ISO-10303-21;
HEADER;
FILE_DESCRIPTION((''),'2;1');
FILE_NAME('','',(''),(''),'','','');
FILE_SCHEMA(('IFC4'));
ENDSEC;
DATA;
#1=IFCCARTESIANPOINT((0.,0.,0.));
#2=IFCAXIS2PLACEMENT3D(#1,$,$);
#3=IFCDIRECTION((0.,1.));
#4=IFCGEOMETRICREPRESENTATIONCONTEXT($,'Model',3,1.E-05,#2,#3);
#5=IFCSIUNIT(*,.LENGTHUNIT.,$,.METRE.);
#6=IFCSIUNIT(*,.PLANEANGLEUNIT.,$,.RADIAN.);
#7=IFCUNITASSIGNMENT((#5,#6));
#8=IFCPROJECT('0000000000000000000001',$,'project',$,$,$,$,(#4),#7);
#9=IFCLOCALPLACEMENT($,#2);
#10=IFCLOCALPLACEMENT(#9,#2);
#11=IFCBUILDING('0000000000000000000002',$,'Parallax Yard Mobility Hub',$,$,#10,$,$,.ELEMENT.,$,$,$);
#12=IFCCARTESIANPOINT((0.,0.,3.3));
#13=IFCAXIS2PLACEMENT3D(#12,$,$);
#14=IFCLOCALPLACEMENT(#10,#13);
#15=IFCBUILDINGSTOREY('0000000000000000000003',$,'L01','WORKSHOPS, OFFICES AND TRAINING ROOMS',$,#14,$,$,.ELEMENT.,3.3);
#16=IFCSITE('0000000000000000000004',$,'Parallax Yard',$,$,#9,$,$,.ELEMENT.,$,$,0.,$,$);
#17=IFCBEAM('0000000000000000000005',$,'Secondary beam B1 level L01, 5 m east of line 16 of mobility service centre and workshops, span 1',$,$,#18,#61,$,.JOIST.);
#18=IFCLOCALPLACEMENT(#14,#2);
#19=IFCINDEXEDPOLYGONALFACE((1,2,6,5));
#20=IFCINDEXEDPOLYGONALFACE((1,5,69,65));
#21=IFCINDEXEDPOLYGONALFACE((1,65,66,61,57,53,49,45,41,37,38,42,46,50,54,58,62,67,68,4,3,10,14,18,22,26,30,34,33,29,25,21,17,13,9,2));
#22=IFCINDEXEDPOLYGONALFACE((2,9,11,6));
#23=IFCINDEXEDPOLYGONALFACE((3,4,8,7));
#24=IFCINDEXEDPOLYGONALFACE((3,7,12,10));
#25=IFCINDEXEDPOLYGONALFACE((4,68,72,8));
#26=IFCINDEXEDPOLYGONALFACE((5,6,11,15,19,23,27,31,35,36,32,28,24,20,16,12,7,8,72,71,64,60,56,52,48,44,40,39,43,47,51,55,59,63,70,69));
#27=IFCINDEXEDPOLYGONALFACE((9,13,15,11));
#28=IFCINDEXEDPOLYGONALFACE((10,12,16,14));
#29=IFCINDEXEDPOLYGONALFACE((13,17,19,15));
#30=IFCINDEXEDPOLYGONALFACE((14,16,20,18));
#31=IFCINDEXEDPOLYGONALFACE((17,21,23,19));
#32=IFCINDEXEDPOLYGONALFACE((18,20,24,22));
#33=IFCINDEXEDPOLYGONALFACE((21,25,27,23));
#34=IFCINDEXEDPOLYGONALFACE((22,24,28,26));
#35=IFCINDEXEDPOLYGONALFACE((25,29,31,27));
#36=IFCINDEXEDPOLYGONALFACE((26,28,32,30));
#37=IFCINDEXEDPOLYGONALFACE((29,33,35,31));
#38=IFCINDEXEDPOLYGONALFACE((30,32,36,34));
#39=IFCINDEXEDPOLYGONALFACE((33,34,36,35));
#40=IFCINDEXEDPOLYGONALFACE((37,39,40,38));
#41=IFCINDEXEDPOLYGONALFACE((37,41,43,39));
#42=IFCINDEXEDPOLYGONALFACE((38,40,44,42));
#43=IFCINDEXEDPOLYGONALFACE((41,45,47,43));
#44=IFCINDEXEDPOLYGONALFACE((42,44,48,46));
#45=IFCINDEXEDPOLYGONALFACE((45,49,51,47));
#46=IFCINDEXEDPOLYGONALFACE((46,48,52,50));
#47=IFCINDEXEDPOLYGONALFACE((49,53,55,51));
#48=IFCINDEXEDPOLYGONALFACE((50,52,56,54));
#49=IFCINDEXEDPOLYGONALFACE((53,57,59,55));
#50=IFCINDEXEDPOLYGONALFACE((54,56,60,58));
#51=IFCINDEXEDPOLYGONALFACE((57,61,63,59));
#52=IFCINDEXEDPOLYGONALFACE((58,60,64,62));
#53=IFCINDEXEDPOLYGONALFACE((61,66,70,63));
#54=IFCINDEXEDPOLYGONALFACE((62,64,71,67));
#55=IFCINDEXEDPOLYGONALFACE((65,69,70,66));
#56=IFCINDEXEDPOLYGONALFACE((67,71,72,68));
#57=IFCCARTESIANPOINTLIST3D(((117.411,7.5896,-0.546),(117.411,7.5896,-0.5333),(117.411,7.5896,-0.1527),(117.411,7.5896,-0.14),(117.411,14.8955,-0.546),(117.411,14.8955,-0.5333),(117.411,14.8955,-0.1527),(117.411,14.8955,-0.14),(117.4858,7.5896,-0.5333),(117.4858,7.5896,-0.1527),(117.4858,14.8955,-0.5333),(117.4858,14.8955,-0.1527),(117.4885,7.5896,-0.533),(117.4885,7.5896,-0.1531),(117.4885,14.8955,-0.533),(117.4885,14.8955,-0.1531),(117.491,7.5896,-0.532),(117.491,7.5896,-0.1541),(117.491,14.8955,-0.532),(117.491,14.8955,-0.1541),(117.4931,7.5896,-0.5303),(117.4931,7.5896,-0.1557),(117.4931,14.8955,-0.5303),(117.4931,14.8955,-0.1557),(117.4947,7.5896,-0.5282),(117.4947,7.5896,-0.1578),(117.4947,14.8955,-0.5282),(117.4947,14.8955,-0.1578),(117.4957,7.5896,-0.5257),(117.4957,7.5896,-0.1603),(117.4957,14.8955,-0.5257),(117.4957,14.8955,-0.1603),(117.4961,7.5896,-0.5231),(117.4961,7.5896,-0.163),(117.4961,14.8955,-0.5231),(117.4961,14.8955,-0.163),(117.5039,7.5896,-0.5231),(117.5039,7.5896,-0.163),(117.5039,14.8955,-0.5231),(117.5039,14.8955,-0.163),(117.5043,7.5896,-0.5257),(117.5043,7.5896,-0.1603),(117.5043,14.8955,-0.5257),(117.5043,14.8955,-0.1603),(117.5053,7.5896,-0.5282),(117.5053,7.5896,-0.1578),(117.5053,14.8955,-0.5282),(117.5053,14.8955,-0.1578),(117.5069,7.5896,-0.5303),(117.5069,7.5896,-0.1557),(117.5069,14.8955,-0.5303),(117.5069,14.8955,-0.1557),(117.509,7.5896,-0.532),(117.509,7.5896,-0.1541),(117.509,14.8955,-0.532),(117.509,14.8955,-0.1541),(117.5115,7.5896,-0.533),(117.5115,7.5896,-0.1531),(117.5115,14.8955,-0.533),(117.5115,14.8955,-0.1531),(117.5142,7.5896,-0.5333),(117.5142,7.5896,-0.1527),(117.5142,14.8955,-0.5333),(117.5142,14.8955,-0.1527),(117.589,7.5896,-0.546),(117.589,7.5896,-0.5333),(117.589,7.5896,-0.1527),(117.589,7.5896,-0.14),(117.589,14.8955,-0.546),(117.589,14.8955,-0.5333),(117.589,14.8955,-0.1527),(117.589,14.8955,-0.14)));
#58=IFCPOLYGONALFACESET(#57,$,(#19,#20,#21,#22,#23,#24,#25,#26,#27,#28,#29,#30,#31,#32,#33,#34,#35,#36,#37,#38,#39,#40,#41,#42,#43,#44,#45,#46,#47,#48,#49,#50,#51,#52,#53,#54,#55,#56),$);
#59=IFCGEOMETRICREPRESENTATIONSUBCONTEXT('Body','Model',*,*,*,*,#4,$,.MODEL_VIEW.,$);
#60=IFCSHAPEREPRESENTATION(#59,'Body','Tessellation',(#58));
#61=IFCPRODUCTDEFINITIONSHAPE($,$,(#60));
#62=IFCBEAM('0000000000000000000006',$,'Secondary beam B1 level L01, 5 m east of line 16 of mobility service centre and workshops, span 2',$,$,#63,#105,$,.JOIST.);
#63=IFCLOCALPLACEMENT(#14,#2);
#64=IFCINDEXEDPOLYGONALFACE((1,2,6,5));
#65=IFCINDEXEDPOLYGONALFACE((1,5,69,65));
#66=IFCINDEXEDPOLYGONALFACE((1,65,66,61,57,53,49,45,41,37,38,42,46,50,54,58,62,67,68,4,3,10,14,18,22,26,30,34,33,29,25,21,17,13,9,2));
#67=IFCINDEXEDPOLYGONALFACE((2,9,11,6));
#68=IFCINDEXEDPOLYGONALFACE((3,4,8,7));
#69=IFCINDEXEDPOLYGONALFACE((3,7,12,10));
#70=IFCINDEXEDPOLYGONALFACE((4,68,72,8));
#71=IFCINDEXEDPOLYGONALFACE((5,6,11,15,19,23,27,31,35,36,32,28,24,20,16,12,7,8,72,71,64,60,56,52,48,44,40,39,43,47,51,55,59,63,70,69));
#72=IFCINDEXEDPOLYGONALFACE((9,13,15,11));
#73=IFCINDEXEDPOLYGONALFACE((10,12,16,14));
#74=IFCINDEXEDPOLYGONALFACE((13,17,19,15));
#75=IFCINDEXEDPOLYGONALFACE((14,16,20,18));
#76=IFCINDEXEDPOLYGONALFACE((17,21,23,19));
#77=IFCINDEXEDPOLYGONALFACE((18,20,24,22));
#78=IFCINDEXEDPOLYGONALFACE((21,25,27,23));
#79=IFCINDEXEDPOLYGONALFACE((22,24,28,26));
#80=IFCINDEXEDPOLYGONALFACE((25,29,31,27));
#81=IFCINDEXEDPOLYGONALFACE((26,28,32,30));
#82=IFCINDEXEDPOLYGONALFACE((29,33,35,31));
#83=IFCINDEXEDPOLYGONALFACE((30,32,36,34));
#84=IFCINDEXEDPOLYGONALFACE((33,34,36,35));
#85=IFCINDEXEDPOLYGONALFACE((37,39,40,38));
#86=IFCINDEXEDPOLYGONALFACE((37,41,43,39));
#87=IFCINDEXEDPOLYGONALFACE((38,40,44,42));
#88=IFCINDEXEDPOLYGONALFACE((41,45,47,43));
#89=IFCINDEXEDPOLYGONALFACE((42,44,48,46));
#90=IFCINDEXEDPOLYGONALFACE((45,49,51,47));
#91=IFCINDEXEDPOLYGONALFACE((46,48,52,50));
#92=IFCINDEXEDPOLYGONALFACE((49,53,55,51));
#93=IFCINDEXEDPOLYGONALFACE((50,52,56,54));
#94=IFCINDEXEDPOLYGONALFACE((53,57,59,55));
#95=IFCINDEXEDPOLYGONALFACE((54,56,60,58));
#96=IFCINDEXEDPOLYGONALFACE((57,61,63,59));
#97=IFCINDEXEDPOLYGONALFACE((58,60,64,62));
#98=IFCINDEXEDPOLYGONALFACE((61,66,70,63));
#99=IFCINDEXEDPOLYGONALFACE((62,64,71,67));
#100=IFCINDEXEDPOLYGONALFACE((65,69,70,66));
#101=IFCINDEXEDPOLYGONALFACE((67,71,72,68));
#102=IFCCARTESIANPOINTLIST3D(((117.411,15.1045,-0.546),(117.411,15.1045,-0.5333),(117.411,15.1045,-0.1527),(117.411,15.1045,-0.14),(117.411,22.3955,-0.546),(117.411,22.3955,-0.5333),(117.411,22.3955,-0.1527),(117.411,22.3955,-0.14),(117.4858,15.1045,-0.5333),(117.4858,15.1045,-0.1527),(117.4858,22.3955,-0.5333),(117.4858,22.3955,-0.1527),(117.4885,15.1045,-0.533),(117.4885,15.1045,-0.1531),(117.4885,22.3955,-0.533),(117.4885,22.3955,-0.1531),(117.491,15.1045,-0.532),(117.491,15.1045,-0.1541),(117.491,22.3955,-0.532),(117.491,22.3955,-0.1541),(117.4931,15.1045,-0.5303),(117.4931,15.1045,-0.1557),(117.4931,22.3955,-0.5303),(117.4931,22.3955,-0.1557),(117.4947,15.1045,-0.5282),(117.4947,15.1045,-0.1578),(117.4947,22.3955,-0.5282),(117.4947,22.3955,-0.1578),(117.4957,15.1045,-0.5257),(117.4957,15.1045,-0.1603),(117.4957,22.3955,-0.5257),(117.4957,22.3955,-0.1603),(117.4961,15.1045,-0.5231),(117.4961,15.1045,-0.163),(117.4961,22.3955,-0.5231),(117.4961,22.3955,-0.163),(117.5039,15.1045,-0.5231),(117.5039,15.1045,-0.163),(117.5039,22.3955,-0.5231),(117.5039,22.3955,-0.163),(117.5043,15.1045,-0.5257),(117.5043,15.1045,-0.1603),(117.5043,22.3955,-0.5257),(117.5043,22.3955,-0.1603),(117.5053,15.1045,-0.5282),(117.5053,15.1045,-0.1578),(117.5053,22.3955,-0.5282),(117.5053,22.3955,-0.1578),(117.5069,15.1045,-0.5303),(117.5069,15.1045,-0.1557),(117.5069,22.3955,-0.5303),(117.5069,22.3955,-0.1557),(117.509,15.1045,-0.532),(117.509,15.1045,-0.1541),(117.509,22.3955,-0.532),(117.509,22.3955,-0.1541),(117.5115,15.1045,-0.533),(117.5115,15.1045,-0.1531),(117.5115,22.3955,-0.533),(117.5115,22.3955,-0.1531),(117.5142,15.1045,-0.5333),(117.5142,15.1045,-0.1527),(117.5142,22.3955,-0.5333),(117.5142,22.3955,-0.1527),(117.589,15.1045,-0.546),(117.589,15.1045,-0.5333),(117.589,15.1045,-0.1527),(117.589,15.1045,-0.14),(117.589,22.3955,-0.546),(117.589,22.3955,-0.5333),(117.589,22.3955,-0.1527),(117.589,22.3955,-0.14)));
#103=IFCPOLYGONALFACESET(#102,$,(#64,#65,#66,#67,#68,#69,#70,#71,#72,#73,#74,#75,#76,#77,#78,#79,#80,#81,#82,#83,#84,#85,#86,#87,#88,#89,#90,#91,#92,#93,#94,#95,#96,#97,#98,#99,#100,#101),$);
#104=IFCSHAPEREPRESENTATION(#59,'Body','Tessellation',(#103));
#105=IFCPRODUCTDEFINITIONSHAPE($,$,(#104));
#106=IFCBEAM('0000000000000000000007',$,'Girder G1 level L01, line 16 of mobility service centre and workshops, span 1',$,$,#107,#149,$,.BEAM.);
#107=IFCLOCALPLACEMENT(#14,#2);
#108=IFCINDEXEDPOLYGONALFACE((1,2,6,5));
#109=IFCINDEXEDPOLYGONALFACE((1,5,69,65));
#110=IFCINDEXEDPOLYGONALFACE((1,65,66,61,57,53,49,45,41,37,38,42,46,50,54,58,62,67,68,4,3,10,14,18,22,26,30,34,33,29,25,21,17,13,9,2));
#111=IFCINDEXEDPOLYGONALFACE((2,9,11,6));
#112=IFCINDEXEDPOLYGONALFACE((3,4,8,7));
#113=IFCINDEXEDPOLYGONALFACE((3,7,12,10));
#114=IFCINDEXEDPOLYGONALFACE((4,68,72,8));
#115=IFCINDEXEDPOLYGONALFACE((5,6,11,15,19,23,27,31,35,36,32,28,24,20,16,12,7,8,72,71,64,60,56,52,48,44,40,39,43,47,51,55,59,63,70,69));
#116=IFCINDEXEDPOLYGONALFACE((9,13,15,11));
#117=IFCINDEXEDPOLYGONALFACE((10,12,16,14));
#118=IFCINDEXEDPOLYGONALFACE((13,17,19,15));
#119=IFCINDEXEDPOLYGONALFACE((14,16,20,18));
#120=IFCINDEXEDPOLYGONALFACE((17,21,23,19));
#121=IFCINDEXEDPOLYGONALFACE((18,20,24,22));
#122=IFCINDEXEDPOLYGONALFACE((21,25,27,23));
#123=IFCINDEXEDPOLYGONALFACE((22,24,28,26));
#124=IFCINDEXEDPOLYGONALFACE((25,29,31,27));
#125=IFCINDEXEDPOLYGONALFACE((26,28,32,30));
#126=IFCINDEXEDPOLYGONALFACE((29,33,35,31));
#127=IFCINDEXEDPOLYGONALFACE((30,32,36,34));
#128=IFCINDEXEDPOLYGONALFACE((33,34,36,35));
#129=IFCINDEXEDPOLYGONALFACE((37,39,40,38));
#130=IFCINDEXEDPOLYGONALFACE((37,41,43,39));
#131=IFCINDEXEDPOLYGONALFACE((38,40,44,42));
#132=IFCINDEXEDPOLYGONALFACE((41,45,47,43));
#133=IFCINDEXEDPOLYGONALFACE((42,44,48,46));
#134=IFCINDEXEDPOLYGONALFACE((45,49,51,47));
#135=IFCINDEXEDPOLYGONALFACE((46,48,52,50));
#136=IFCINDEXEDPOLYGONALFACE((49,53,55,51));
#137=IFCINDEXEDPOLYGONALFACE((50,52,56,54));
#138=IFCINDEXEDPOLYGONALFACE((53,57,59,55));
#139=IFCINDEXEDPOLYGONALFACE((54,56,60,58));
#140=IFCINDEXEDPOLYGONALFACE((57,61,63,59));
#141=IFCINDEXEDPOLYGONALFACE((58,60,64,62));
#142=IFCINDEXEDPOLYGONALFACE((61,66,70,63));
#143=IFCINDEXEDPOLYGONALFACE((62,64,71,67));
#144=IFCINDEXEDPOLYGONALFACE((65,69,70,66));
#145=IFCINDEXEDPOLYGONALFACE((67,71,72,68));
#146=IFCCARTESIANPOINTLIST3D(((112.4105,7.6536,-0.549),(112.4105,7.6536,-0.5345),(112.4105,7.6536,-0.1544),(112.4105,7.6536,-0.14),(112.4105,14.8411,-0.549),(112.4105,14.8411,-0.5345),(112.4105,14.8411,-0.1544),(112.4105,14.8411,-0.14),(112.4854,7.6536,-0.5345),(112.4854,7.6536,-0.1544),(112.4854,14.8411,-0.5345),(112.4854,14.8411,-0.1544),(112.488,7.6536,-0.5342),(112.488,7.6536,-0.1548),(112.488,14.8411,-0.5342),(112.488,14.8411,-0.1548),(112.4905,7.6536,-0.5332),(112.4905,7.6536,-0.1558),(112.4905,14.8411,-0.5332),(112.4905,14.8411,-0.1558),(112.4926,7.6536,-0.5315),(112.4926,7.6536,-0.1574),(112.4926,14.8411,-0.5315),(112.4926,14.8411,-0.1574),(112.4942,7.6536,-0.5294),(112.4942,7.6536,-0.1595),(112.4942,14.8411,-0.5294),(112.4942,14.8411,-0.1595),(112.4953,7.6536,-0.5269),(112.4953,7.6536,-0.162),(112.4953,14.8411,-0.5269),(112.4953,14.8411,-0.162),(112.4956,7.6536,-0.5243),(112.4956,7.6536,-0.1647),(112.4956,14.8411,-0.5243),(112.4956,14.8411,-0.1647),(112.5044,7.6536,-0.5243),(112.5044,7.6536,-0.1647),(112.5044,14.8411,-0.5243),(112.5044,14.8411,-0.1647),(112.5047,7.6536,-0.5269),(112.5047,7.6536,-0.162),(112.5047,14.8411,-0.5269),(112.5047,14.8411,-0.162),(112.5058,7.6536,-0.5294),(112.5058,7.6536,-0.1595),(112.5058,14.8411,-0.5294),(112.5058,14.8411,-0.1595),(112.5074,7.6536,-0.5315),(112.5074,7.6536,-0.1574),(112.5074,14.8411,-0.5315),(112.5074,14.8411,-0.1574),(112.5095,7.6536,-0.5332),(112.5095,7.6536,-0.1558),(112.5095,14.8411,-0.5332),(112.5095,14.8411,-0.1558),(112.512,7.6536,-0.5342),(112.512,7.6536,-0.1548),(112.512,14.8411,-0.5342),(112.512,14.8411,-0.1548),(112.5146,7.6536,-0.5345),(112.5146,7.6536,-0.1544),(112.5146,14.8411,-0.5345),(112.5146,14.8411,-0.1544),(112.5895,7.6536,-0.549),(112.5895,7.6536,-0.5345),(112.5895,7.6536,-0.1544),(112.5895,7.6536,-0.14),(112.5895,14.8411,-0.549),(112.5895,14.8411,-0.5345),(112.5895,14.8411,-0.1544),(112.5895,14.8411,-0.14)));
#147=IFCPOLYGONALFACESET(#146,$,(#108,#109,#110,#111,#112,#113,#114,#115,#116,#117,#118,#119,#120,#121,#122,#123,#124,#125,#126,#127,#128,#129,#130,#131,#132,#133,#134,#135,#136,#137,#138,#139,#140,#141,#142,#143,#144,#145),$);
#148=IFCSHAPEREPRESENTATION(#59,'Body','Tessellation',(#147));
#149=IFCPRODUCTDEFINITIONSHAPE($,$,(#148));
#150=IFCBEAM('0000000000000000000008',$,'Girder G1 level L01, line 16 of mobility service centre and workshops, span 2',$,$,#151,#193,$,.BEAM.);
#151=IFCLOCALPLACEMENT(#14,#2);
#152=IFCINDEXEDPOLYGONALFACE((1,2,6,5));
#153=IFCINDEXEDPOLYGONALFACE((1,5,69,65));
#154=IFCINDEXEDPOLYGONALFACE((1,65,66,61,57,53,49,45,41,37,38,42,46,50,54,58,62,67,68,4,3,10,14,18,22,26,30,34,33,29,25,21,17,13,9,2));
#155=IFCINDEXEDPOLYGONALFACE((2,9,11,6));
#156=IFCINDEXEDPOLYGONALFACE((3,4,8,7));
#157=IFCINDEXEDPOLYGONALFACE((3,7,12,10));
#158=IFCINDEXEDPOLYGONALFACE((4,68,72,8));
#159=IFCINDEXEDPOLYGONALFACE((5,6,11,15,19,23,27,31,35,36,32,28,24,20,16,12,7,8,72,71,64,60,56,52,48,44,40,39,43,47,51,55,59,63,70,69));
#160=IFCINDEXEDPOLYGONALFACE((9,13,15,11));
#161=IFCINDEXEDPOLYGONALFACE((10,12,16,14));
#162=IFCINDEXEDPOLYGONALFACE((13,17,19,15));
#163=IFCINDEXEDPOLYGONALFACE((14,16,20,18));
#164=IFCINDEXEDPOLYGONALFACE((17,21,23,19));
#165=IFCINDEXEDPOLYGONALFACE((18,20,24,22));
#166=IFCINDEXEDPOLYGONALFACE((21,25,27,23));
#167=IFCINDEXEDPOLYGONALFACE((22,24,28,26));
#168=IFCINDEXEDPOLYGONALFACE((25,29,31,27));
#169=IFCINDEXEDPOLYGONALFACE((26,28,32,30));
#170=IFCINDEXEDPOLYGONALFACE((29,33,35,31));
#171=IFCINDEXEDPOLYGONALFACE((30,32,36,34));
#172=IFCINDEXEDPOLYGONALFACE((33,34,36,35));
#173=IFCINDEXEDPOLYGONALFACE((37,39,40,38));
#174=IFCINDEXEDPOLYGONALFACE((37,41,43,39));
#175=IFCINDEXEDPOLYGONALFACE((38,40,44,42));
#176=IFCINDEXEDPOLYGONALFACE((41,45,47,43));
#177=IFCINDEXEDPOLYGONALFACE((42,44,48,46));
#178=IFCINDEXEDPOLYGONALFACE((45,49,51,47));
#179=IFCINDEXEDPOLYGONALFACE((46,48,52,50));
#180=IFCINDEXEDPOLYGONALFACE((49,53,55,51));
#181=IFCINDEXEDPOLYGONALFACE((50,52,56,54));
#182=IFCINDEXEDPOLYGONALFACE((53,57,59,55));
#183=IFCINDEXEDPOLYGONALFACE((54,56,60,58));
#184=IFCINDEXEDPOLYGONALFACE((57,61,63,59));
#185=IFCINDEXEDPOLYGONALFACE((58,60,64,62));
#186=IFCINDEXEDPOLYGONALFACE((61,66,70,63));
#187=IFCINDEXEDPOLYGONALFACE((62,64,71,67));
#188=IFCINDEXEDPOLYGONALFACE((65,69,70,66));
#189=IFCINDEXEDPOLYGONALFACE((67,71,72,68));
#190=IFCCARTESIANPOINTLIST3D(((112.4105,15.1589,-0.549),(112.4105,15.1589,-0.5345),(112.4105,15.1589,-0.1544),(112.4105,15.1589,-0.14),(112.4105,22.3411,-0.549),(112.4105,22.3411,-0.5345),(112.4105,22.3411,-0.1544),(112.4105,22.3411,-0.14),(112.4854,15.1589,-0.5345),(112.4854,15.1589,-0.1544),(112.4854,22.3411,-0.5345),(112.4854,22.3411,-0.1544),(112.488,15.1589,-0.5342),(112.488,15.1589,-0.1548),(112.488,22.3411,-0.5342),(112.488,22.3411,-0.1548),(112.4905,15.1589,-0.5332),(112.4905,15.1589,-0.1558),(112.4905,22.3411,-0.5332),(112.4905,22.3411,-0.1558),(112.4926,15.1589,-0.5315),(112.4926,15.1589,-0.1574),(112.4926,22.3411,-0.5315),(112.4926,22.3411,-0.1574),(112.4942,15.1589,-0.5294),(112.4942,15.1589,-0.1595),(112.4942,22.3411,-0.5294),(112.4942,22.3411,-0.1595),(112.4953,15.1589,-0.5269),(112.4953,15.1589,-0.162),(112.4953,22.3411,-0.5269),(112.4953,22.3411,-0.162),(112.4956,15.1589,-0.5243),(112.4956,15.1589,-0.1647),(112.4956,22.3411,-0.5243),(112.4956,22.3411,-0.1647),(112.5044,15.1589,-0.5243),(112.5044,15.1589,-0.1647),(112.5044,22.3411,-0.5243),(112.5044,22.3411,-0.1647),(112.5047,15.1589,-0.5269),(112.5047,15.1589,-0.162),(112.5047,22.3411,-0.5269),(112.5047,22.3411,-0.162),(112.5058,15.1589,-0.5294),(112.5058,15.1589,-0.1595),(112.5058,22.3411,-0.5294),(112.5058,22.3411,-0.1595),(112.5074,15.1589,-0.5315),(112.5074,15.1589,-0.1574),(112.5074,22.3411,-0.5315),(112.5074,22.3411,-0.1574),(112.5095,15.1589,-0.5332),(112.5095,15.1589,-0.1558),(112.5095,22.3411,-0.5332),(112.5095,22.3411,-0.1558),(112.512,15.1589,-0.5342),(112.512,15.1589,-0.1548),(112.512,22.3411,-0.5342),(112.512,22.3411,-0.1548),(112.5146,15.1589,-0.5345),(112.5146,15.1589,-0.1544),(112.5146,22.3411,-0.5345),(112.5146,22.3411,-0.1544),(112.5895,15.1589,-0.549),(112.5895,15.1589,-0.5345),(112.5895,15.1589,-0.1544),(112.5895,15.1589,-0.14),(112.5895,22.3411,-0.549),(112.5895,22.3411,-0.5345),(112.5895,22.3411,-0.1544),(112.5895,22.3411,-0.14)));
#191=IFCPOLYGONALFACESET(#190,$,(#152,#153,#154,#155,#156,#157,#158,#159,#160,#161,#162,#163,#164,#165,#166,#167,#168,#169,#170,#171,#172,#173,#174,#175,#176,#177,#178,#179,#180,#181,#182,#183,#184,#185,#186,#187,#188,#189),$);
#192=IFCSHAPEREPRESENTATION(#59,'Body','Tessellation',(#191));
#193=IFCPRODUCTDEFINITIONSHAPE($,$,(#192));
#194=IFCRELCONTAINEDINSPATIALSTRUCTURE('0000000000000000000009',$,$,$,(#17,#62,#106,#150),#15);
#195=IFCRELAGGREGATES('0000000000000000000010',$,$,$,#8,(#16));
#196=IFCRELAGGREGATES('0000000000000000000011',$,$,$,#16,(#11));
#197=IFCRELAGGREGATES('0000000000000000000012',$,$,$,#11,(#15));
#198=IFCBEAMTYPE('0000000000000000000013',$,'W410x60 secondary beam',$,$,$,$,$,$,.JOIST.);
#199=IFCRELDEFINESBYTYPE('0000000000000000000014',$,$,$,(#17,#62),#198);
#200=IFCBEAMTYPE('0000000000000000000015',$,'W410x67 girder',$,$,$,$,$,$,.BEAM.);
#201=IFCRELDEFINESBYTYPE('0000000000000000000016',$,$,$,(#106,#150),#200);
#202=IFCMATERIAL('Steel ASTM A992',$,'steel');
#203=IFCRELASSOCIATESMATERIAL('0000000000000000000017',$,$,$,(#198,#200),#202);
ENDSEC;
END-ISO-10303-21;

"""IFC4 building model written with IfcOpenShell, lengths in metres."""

from ifc_helpers import new_model, si_unit, direction, frame, origin, origin_2d, place, context, subcontext, project, spatial, i_section, extrude, material, material_profile, profile_set, type_object, element, save


model = new_model("IFC4")

# Units and contexts
model_context = context("Model", 3, precision=1e-05, world=origin(), true_north=direction((0.0, 1.0)))
body_context = subcontext(model_context, "Body", "Model", "MODEL_VIEW")
ifc_project = project(units=[si_unit("LENGTHUNIT", "METRE"), si_unit("PLANEANGLEUNIT", "RADIAN")], contexts=[model_context])

# Site, building, storey
site_placement = place(None, origin())
site = spatial("IfcSite", under=ifc_project, at=site_placement, Name="Parallax Yard", CompositionType="ELEMENT", RefElevation=0.0)
building_placement = place(site_placement, origin())
building = spatial("IfcBuilding", under=site, at=building_placement, Name="Parallax Yard Mobility Hub", CompositionType="ELEMENT")
storey_placement = place(building_placement, frame((0.0, 0.0, 3.3)))
storey = spatial("IfcBuildingStorey", under=building, at=storey_placement, Name="L01", Description="WORKSHOPS, OFFICES AND TRAINING ROOMS", CompositionType="ELEMENT", Elevation=3.3)

# Shared definitions
ifc_material = material(Name="Steel ASTM A992", Category="steel")

# Beams
ifc_material_profile_1 = material_profile(ifc_material, i_section(OverallWidth=0.178, OverallDepth=0.406, WebThickness=0.0078, FlangeThickness=0.0127, FilletRadius=0.0103, at=origin_2d()), Name="W410x60")
ifc_profile_set_1 = profile_set([ifc_material_profile_1], Name="Steel ASTM A992")
beam_type_1 = type_object("IfcBeamType", Name="W410x60 secondary beam", PredefinedType="JOIST", material=ifc_profile_set_1)
beam_1_placement = place(storey_placement, frame((117.5, 7.5896, -0.343), z_axis=(0.0, 1.0, 0.0), x_axis=(-1.0, 0.0, 0.0)))
element("IfcBeam", 1, at=beam_1_placement, inside=storey, type_object=beam_type_1, Name="Secondary beam B1 level L01, 5 m east of line 16 of mobility service centre and workshops, span 1", PredefinedType="JOIST", context=body_context, shape_type="SweptSolid", body=[
    extrude(i_section(OverallWidth=0.178, OverallDepth=0.406, WebThickness=0.0078, FlangeThickness=0.0127, FilletRadius=0.0103, at=origin_2d()), origin(), (0.0, 0.0, 1.0), 7.3059),
])
beam_2_placement = place(storey_placement, frame((117.5, 15.1045, -0.343), z_axis=(0.0, 1.0, 0.0), x_axis=(-1.0, 0.0, 0.0)))
element("IfcBeam", 2, at=beam_2_placement, inside=storey, type_object=beam_type_1, Name="Secondary beam B1 level L01, 5 m east of line 16 of mobility service centre and workshops, span 2", PredefinedType="JOIST", context=body_context, shape_type="SweptSolid", body=[
    extrude(i_section(OverallWidth=0.178, OverallDepth=0.406, WebThickness=0.0078, FlangeThickness=0.0127, FilletRadius=0.0103, at=origin_2d()), origin(), (0.0, 0.0, 1.0), 7.291),
])
ifc_material_profile_2 = material_profile(ifc_material, i_section(OverallWidth=0.179, OverallDepth=0.4089, WebThickness=0.0088, FlangeThickness=0.0144, FilletRadius=0.0103, at=origin_2d()), Name="W410x67")
ifc_profile_set_2 = profile_set([ifc_material_profile_2], Name="Steel ASTM A992")
beam_type_2 = type_object("IfcBeamType", Name="W410x67 girder", PredefinedType="BEAM", material=ifc_profile_set_2)
beam_3_placement = place(storey_placement, frame((112.5, 7.6536, -0.3445), z_axis=(0.0, 1.0, 0.0), x_axis=(-1.0, 0.0, 0.0)))
element("IfcBeam", 3, at=beam_3_placement, inside=storey, type_object=beam_type_2, Name="Girder G1 level L01, line 16 of mobility service centre and workshops, span 1", PredefinedType="BEAM", context=body_context, shape_type="SweptSolid", body=[
    extrude(i_section(OverallWidth=0.179, OverallDepth=0.4089, WebThickness=0.0088, FlangeThickness=0.0144, FilletRadius=0.0103, at=origin_2d()), origin(), (0.0, 0.0, 1.0), 7.1875),
])
beam_4_placement = place(storey_placement, frame((112.5, 15.1589, -0.3445), z_axis=(0.0, 1.0, 0.0), x_axis=(-1.0, 0.0, 0.0)))
element("IfcBeam", 4, at=beam_4_placement, inside=storey, type_object=beam_type_2, Name="Girder G1 level L01, line 16 of mobility service centre and workshops, span 2", PredefinedType="BEAM", context=body_context, shape_type="SweptSolid", body=[
    extrude(i_section(OverallWidth=0.179, OverallDepth=0.4089, WebThickness=0.0088, FlangeThickness=0.0144, FilletRadius=0.0103, at=origin_2d()), origin(), (0.0, 0.0, 1.0), 7.1821),
])

save(model, "model.ifc")
